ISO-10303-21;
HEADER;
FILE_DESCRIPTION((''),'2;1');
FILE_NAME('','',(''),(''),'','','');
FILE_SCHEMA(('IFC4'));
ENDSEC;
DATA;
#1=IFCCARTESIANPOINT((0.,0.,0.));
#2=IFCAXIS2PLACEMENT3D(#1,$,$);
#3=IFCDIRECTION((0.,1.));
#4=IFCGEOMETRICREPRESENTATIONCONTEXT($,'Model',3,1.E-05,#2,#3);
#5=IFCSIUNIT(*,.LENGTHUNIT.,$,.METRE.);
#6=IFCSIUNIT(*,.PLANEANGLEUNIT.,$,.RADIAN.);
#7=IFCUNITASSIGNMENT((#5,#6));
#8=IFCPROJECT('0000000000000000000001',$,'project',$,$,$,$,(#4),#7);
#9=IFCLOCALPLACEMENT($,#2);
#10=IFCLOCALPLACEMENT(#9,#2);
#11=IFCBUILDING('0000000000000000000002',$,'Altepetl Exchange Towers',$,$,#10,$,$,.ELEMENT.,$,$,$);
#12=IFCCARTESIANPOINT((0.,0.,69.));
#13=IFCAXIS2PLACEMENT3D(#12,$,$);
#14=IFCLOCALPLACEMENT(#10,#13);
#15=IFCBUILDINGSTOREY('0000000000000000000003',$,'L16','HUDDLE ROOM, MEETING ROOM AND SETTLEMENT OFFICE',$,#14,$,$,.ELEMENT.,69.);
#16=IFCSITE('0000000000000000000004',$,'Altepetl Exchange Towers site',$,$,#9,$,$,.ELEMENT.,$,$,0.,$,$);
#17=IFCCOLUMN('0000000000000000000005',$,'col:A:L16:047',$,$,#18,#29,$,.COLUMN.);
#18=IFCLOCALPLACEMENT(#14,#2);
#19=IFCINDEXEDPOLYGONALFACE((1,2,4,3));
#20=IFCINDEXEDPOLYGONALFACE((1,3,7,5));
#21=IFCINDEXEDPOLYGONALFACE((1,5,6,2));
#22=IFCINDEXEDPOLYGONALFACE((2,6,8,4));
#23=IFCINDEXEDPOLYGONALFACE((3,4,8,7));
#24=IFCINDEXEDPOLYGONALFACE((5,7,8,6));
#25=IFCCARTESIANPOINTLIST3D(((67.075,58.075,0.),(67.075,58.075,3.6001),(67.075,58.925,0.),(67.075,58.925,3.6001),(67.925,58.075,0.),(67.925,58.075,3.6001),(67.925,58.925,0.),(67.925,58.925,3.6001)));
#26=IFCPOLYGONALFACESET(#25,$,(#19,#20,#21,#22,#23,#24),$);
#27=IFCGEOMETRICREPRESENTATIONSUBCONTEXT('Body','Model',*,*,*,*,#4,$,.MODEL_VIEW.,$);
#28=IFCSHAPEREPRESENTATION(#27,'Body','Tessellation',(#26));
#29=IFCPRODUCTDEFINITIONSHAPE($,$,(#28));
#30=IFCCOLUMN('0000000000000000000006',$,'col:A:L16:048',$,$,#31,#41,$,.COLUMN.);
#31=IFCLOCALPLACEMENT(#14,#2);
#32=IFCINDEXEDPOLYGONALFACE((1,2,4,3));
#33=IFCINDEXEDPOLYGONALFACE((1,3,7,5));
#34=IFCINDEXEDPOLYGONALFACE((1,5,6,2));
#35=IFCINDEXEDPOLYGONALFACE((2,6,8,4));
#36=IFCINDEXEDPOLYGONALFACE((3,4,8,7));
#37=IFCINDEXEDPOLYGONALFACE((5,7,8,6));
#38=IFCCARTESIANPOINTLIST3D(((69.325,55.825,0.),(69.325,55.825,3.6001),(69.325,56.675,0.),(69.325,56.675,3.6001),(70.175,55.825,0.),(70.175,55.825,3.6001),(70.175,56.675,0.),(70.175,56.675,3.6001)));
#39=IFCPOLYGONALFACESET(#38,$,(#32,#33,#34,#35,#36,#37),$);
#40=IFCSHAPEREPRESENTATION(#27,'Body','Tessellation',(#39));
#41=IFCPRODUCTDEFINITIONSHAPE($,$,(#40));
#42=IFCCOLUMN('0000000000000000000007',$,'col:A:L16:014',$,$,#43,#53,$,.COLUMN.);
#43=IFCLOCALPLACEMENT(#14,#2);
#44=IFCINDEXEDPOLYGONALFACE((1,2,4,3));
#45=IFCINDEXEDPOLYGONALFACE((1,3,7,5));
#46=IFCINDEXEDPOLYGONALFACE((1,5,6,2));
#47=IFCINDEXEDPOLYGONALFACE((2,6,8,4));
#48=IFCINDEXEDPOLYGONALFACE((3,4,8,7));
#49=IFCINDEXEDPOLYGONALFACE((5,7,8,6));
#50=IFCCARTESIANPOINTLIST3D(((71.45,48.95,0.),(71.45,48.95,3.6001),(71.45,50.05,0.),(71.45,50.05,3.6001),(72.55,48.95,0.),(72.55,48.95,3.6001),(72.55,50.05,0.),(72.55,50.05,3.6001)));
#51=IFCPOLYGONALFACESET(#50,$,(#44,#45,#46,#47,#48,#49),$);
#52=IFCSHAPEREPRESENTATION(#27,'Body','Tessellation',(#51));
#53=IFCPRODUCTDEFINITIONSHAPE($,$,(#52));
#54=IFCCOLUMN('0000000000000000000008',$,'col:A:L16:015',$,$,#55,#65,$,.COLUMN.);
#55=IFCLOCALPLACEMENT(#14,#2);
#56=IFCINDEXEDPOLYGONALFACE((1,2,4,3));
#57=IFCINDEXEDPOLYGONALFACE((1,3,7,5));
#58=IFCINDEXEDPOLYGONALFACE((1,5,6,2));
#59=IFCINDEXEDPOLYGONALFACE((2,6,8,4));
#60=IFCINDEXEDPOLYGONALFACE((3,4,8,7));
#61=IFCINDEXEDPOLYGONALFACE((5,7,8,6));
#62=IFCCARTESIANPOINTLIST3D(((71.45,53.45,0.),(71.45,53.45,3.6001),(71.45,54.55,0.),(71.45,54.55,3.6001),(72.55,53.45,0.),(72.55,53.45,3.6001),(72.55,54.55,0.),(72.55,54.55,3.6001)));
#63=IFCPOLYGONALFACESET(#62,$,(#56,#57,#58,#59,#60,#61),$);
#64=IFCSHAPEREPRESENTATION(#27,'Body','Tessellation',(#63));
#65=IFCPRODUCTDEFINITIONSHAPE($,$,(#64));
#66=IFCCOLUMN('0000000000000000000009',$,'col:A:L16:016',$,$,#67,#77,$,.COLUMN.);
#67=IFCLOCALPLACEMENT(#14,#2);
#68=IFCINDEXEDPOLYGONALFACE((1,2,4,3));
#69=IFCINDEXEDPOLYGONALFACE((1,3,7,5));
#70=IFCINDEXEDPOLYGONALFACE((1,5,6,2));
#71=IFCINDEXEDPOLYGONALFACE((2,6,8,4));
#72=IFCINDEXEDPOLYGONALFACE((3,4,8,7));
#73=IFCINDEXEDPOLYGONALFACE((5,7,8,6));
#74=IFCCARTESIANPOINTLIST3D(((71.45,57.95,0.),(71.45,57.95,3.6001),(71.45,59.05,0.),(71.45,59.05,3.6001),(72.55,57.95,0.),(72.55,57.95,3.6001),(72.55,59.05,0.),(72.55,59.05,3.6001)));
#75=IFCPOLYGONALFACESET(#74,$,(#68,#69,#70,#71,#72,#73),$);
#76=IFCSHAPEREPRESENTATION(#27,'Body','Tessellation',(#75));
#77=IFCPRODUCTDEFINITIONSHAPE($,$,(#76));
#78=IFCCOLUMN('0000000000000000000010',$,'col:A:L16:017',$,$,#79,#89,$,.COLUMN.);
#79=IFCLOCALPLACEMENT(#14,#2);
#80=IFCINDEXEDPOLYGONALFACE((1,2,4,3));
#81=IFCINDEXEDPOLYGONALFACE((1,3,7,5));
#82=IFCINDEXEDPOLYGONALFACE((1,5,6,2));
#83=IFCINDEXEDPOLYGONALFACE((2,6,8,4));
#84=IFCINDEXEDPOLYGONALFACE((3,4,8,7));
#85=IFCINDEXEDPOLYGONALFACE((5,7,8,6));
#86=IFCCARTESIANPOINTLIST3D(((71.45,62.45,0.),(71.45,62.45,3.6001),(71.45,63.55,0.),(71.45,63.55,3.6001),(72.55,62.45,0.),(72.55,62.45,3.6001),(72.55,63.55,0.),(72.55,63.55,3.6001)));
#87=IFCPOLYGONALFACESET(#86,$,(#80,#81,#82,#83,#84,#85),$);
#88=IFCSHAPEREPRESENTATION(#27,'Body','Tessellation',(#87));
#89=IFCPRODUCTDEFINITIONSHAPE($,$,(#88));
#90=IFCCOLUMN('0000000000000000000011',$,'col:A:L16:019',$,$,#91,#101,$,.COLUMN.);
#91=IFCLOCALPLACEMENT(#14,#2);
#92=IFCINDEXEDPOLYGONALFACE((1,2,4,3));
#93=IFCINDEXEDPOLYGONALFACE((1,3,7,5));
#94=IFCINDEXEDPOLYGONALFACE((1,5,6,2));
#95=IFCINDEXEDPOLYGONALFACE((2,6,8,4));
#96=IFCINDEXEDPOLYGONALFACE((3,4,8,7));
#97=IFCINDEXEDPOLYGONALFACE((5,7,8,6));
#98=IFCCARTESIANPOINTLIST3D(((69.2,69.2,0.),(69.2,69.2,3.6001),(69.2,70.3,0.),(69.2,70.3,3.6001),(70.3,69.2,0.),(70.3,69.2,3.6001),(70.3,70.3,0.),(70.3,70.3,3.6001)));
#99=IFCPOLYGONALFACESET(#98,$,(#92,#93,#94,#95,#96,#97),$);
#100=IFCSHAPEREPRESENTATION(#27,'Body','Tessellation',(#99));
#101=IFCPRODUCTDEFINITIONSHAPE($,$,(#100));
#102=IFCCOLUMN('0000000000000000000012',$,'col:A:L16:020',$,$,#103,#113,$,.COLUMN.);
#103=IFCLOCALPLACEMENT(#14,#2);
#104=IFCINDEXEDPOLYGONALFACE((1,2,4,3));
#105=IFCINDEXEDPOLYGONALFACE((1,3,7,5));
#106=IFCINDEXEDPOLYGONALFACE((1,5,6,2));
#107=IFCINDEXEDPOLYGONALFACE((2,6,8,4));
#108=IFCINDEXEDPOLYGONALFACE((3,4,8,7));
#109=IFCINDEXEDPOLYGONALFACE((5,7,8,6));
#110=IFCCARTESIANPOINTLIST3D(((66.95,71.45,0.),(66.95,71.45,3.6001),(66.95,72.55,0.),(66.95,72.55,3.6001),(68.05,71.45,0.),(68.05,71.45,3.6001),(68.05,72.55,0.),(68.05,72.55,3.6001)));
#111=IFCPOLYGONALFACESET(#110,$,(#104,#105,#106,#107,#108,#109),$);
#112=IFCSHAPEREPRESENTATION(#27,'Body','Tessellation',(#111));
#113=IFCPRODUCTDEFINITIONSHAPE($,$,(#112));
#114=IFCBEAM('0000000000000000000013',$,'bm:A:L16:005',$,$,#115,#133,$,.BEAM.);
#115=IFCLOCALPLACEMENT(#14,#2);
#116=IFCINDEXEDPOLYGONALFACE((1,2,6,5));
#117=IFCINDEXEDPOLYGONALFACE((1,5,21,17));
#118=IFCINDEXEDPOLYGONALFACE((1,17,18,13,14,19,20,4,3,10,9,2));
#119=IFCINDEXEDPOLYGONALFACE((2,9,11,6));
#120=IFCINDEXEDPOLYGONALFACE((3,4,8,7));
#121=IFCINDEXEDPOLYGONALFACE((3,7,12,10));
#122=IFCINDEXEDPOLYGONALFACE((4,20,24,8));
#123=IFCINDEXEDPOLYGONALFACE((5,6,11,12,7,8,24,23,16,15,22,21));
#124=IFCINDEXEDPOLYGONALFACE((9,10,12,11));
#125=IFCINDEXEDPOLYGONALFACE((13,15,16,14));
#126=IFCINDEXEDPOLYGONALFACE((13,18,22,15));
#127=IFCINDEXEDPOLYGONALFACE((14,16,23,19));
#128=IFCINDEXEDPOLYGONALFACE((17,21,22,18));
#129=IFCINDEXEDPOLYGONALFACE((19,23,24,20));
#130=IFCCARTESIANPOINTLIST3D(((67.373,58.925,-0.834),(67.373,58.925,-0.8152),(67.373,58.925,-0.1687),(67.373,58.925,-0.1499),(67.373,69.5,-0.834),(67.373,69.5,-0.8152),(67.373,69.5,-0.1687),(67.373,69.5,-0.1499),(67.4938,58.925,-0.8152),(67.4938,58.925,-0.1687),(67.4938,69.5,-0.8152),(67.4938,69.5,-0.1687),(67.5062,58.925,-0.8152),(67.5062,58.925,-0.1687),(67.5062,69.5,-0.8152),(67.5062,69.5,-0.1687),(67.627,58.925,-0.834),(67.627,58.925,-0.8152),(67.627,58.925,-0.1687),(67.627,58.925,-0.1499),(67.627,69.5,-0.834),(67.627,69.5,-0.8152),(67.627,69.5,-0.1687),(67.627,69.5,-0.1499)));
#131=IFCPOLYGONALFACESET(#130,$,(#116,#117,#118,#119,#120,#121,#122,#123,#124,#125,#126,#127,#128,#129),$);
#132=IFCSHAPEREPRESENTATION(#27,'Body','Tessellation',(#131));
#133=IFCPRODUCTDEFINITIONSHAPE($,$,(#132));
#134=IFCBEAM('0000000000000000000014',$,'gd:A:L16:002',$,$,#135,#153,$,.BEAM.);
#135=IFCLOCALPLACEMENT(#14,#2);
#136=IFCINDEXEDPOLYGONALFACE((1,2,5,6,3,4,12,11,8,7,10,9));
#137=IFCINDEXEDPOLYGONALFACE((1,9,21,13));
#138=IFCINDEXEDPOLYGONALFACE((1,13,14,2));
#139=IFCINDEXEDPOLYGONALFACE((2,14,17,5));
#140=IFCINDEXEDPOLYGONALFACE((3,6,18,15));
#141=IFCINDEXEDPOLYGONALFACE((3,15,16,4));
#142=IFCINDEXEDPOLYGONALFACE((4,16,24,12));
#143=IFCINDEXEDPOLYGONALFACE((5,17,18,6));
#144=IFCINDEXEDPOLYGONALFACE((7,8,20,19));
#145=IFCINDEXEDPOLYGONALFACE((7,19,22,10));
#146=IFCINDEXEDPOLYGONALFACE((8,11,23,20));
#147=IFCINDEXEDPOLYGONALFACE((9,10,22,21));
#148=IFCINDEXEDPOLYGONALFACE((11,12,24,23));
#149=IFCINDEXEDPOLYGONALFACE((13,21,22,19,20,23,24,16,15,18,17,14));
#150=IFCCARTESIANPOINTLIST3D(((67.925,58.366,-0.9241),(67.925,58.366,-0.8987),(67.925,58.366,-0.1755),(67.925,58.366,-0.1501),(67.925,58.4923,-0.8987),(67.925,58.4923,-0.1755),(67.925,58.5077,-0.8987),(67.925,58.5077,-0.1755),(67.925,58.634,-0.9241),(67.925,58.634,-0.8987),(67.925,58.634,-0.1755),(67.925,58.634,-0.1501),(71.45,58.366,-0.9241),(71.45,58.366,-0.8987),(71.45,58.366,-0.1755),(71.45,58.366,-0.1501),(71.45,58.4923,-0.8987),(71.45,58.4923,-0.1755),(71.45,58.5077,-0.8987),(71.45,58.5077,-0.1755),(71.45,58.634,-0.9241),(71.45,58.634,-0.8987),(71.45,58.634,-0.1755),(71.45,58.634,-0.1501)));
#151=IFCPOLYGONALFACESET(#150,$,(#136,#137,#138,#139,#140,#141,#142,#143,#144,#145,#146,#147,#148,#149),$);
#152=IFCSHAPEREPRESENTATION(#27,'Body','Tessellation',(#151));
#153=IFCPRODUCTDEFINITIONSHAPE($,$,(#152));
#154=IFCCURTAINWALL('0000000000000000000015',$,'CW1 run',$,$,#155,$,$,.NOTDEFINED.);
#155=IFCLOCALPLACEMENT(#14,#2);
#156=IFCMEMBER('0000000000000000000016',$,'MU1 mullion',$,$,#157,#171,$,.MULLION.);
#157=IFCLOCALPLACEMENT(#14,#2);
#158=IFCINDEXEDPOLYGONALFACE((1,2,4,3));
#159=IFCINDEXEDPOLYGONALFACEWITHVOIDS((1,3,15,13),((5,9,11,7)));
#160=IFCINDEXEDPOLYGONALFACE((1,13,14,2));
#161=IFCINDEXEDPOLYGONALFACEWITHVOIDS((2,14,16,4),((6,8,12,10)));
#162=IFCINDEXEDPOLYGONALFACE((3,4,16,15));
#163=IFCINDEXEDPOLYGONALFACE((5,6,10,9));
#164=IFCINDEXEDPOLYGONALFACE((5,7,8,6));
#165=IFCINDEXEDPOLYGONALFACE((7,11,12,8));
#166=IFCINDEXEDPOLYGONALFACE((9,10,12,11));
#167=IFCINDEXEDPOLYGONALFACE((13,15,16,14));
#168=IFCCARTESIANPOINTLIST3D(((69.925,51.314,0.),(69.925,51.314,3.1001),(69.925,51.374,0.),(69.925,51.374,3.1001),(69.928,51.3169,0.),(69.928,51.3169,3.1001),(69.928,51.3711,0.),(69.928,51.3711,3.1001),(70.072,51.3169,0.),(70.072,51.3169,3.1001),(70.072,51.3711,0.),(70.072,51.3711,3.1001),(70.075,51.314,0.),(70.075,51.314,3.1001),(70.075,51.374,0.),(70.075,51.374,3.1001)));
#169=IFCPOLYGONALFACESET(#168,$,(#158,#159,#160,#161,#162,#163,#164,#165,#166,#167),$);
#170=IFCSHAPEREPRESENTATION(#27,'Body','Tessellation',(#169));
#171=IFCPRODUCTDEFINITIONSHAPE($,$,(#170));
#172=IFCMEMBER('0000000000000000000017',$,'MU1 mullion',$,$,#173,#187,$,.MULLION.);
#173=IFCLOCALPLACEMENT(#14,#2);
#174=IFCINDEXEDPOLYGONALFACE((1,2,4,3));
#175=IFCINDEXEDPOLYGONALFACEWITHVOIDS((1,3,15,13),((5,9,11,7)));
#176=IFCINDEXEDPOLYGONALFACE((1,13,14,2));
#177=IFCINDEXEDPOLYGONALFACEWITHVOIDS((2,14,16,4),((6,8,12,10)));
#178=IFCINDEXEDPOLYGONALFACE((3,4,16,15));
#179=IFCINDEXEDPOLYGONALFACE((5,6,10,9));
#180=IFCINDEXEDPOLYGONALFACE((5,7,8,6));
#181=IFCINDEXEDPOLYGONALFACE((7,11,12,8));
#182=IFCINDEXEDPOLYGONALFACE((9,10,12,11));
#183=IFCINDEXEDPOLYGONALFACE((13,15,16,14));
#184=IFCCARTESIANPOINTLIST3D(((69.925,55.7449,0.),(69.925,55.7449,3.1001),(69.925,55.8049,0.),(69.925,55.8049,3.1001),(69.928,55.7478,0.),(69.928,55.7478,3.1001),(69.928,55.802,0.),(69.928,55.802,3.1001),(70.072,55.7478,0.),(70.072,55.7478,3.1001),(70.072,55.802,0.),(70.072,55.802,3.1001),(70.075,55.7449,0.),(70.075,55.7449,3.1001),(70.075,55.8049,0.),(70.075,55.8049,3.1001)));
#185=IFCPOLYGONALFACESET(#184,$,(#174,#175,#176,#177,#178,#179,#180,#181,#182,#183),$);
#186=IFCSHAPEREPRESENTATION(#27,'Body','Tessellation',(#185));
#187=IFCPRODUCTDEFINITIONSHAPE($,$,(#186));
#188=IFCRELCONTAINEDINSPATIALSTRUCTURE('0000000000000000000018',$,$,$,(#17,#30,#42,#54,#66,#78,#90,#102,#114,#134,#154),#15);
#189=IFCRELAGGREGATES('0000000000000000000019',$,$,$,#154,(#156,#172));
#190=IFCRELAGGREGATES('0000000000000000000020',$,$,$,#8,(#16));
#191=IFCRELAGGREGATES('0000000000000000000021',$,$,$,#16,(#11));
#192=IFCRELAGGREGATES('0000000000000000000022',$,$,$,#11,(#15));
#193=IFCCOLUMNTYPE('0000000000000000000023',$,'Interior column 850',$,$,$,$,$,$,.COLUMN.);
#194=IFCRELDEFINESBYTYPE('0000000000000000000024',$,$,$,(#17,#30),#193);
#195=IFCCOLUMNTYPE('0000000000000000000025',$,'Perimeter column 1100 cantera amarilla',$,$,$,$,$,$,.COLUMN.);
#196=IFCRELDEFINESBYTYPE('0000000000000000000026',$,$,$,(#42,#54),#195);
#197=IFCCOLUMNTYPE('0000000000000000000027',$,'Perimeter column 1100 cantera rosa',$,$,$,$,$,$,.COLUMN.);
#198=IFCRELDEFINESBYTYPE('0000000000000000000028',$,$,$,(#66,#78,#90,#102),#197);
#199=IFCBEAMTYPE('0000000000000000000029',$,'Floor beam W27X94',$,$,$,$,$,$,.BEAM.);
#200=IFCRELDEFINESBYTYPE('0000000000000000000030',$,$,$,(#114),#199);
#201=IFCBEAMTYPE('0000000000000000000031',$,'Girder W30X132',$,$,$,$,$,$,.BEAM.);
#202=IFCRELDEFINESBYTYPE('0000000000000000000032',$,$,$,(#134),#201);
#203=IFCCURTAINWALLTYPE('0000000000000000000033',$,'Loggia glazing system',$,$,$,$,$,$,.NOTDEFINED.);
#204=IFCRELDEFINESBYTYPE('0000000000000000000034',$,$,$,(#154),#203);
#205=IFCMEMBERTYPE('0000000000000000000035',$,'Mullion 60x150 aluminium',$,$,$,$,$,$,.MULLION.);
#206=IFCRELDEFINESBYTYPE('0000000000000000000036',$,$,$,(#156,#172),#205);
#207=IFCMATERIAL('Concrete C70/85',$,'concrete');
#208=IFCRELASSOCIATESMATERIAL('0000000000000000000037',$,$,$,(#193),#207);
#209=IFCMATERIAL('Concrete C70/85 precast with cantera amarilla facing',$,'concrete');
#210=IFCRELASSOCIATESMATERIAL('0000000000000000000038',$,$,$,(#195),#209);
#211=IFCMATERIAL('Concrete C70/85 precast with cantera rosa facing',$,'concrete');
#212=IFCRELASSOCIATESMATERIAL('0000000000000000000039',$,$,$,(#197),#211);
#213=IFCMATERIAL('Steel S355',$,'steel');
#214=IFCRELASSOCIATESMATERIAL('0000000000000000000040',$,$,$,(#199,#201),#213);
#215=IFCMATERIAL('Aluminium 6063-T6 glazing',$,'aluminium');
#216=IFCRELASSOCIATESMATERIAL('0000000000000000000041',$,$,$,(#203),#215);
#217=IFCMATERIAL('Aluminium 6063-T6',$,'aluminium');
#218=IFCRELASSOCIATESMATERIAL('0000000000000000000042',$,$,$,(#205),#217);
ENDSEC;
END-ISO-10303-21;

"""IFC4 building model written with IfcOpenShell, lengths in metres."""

from ifc_helpers import new_model, si_unit, direction, frame, origin, origin_2d, place, context, subcontext, project, spatial, rectangle, hollow_rectangle, i_section, extrude, material, material_profile, profile_set, type_object, element, aggregate, save


model = new_model("IFC4")

# Units and contexts
model_context = context("Model", 3, precision=1e-05, world=origin(), true_north=direction((0.0, 1.0)))
body_context = subcontext(model_context, "Body", "Model", "MODEL_VIEW")
ifc_project = project(units=[si_unit("LENGTHUNIT", "METRE"), si_unit("PLANEANGLEUNIT", "RADIAN")], contexts=[model_context])

# Site, building, storey
site_placement = place(None, origin())
site = spatial("IfcSite", under=ifc_project, at=site_placement, Name="Altepetl Exchange Towers site", CompositionType="ELEMENT", RefElevation=0.0)
building_placement = place(site_placement, origin())
building = spatial("IfcBuilding", under=site, at=building_placement, Name="Altepetl Exchange Towers", CompositionType="ELEMENT")
storey_placement = place(building_placement, frame((0.0, 0.0, 69.0)))
storey = spatial("IfcBuildingStorey", under=building, at=storey_placement, Name="L16", Description="HUDDLE ROOM, MEETING ROOM AND SETTLEMENT OFFICE", CompositionType="ELEMENT", Elevation=69.0)

# Columns
ifc_material_1 = material(Name="Concrete C70/85", Category="concrete")
ifc_material_profile_1 = material_profile(ifc_material_1, rectangle(XDim=0.8501, YDim=0.8501, at=origin_2d()), Name="850 x 850")
ifc_profile_set_1 = profile_set([ifc_material_profile_1], Name="Concrete C70/85")
column_type_1 = type_object("IfcColumnType", Name="Interior column 850", PredefinedType="COLUMN", material=ifc_profile_set_1)
for number, where, name in (
    (1, (67.5, 58.5, 0.0), "col:A:L16:047"),
    (2, (69.75, 56.25, 0.0), "col:A:L16:048"),
):
    element("IfcColumn", number, at=place(storey_placement, frame(where)), inside=storey, type_object=column_type_1, Name=name, PredefinedType="COLUMN", context=body_context, shape_type="SweptSolid", body=[
        extrude(rectangle(XDim=0.8501, YDim=0.8501, at=origin_2d()), origin(), (0.0, 0.0, 1.0), 3.6001),
    ])
ifc_material_2 = material(Name="Concrete C70/85 precast with cantera amarilla facing", Category="concrete")
ifc_material_profile_2 = material_profile(ifc_material_2, rectangle(XDim=1.1001, YDim=1.1001, at=origin_2d()), Name="1100 x 1100")
ifc_profile_set_2 = profile_set([ifc_material_profile_2], Name="Concrete C70/85 precast with cantera amarilla facing")
column_type_2 = type_object("IfcColumnType", Name="Perimeter column 1100 cantera amarilla", PredefinedType="COLUMN", material=ifc_profile_set_2)
for number, where, name in (
    (3, (72.0, 49.5, 0.0), "col:A:L16:014"),
    (4, (72.0, 54.0, 0.0), "col:A:L16:015"),
):
    element("IfcColumn", number, at=place(storey_placement, frame(where)), inside=storey, type_object=column_type_2, Name=name, PredefinedType="COLUMN", context=body_context, shape_type="SweptSolid", body=[
        extrude(rectangle(XDim=1.1001, YDim=1.1001, at=origin_2d()), origin(), (0.0, 0.0, 1.0), 3.6001),
    ])
ifc_material_3 = material(Name="Concrete C70/85 precast with cantera rosa facing", Category="concrete")
ifc_material_profile_3 = material_profile(ifc_material_3, rectangle(XDim=1.1001, YDim=1.1001, at=origin_2d()), Name="1100 x 1100")
ifc_profile_set_3 = profile_set([ifc_material_profile_3], Name="Concrete C70/85 precast with cantera rosa facing")
column_type_3 = type_object("IfcColumnType", Name="Perimeter column 1100 cantera rosa", PredefinedType="COLUMN", material=ifc_profile_set_3)
for number, where, name in (
    (5, (72.0, 58.5, 0.0), "col:A:L16:016"),
    (6, (72.0, 63.0, 0.0), "col:A:L16:017"),
    (7, (69.75, 69.75, 0.0), "col:A:L16:019"),
    (8, (67.5, 72.0, 0.0), "col:A:L16:020"),
):
    element("IfcColumn", number, at=place(storey_placement, frame(where)), inside=storey, type_object=column_type_3, Name=name, PredefinedType="COLUMN", context=body_context, shape_type="SweptSolid", body=[
        extrude(rectangle(XDim=1.1001, YDim=1.1001, at=origin_2d()), origin(), (0.0, 0.0, 1.0), 3.6001),
    ])

# Beams
ifc_material_4 = material(Name="Steel S355", Category="steel")
ifc_material_profile_4 = material_profile(ifc_material_4, i_section(OverallWidth=0.2539, OverallDepth=0.6841, WebThickness=0.0125, FlangeThickness=0.0188, at=origin_2d()), Name="W27X94")
ifc_profile_set_4 = profile_set([ifc_material_profile_4], Name="Steel S355")
beam_type_1 = type_object("IfcBeamType", Name="Floor beam W27X94", PredefinedType="BEAM", material=ifc_profile_set_4)
beam_1_placement = place(storey_placement, frame((67.5, 58.925, -0.4919), z_axis=(0.0, 1.0, 0.0), x_axis=(-1.0, 0.0, 0.0)))
element("IfcBeam", 9, at=beam_1_placement, inside=storey, type_object=beam_type_1, Name="bm:A:L16:005", PredefinedType="BEAM", context=body_context, shape_type="SweptSolid", body=[
    extrude(i_section(OverallWidth=0.2539, OverallDepth=0.6841, WebThickness=0.0125, FlangeThickness=0.0188, at=origin_2d()), origin(), (0.0, 0.0, 1.0), 10.575),
])
ifc_material_profile_5 = material_profile(ifc_material_4, i_section(OverallWidth=0.2681, OverallDepth=0.7739, WebThickness=0.0154, FlangeThickness=0.0254, at=origin_2d()), Name="W30X132")
ifc_profile_set_5 = profile_set([ifc_material_profile_5], Name="Steel S355")
beam_type_2 = type_object("IfcBeamType", Name="Girder W30X132", PredefinedType="BEAM", material=ifc_profile_set_5)
beam_2_placement = place(storey_placement, frame((67.925, 58.5, -0.5371), z_axis=(1.0, 0.0, 0.0), x_axis=(0.0, 1.0, 0.0)))
element("IfcBeam", 10, at=beam_2_placement, inside=storey, type_object=beam_type_2, Name="gd:A:L16:002", PredefinedType="BEAM", context=body_context, shape_type="SweptSolid", body=[
    extrude(i_section(OverallWidth=0.2681, OverallDepth=0.7739, WebThickness=0.0154, FlangeThickness=0.0254, at=origin_2d()), origin(), (0.0, 0.0, 1.0), 3.5249),
])

# Curtain wall, members
ifc_material_5 = material(Name="Aluminium 6063-T6 glazing", Category="aluminium")
curtain_wall_type = type_object("IfcCurtainWallType", Name="Loggia glazing system", PredefinedType="NOTDEFINED", material=ifc_material_5)
curtain_wall_1_placement = place(storey_placement, origin())
curtain_wall_1 = element("IfcCurtainWall", 11, at=curtain_wall_1_placement, inside=storey, type_object=curtain_wall_type, Name="CW1 run", PredefinedType="NOTDEFINED")
ifc_material_6 = material(Name="Aluminium 6063-T6", Category="aluminium")
ifc_material_profile_6 = material_profile(ifc_material_6, hollow_rectangle(XDim=0.0601, YDim=0.1499, WallThickness=0.0029, at=origin_2d()), Name="Mullion 60x150 aluminium")
ifc_profile_set_6 = profile_set([ifc_material_profile_6], Name="Aluminium 6063-T6")
member_type = type_object("IfcMemberType", Name="Mullion 60x150 aluminium", PredefinedType="MULLION", material=ifc_profile_set_6)
member_1_placement = place(storey_placement, frame((70.0, 51.344, 0.0), z_axis=(0.0, 0.0, 1.0), x_axis=(0.0, 1.0, 0.0)))
member_1 = element("IfcMember", 12, at=member_1_placement, type_object=member_type, Name="MU1 mullion", PredefinedType="MULLION", context=body_context, shape_type="SweptSolid", body=[
    extrude(hollow_rectangle(XDim=0.0601, YDim=0.1499, WallThickness=0.0029, at=origin_2d()), origin(), (0.0, 0.0, 1.0), 3.1001),
])
member_2_placement = place(storey_placement, frame((70.0, 55.7749, 0.0), z_axis=(0.0, 0.0, 1.0), x_axis=(0.0, 1.0, 0.0)))
member_2 = element("IfcMember", 13, at=member_2_placement, type_object=member_type, Name="MU1 mullion", PredefinedType="MULLION", context=body_context, shape_type="SweptSolid", body=[
    extrude(hollow_rectangle(XDim=0.0601, YDim=0.1499, WallThickness=0.0029, at=origin_2d()), origin(), (0.0, 0.0, 1.0), 3.1001),
])

aggregate(curtain_wall_1, [member_1, member_2])

save(model, "model.ifc")
